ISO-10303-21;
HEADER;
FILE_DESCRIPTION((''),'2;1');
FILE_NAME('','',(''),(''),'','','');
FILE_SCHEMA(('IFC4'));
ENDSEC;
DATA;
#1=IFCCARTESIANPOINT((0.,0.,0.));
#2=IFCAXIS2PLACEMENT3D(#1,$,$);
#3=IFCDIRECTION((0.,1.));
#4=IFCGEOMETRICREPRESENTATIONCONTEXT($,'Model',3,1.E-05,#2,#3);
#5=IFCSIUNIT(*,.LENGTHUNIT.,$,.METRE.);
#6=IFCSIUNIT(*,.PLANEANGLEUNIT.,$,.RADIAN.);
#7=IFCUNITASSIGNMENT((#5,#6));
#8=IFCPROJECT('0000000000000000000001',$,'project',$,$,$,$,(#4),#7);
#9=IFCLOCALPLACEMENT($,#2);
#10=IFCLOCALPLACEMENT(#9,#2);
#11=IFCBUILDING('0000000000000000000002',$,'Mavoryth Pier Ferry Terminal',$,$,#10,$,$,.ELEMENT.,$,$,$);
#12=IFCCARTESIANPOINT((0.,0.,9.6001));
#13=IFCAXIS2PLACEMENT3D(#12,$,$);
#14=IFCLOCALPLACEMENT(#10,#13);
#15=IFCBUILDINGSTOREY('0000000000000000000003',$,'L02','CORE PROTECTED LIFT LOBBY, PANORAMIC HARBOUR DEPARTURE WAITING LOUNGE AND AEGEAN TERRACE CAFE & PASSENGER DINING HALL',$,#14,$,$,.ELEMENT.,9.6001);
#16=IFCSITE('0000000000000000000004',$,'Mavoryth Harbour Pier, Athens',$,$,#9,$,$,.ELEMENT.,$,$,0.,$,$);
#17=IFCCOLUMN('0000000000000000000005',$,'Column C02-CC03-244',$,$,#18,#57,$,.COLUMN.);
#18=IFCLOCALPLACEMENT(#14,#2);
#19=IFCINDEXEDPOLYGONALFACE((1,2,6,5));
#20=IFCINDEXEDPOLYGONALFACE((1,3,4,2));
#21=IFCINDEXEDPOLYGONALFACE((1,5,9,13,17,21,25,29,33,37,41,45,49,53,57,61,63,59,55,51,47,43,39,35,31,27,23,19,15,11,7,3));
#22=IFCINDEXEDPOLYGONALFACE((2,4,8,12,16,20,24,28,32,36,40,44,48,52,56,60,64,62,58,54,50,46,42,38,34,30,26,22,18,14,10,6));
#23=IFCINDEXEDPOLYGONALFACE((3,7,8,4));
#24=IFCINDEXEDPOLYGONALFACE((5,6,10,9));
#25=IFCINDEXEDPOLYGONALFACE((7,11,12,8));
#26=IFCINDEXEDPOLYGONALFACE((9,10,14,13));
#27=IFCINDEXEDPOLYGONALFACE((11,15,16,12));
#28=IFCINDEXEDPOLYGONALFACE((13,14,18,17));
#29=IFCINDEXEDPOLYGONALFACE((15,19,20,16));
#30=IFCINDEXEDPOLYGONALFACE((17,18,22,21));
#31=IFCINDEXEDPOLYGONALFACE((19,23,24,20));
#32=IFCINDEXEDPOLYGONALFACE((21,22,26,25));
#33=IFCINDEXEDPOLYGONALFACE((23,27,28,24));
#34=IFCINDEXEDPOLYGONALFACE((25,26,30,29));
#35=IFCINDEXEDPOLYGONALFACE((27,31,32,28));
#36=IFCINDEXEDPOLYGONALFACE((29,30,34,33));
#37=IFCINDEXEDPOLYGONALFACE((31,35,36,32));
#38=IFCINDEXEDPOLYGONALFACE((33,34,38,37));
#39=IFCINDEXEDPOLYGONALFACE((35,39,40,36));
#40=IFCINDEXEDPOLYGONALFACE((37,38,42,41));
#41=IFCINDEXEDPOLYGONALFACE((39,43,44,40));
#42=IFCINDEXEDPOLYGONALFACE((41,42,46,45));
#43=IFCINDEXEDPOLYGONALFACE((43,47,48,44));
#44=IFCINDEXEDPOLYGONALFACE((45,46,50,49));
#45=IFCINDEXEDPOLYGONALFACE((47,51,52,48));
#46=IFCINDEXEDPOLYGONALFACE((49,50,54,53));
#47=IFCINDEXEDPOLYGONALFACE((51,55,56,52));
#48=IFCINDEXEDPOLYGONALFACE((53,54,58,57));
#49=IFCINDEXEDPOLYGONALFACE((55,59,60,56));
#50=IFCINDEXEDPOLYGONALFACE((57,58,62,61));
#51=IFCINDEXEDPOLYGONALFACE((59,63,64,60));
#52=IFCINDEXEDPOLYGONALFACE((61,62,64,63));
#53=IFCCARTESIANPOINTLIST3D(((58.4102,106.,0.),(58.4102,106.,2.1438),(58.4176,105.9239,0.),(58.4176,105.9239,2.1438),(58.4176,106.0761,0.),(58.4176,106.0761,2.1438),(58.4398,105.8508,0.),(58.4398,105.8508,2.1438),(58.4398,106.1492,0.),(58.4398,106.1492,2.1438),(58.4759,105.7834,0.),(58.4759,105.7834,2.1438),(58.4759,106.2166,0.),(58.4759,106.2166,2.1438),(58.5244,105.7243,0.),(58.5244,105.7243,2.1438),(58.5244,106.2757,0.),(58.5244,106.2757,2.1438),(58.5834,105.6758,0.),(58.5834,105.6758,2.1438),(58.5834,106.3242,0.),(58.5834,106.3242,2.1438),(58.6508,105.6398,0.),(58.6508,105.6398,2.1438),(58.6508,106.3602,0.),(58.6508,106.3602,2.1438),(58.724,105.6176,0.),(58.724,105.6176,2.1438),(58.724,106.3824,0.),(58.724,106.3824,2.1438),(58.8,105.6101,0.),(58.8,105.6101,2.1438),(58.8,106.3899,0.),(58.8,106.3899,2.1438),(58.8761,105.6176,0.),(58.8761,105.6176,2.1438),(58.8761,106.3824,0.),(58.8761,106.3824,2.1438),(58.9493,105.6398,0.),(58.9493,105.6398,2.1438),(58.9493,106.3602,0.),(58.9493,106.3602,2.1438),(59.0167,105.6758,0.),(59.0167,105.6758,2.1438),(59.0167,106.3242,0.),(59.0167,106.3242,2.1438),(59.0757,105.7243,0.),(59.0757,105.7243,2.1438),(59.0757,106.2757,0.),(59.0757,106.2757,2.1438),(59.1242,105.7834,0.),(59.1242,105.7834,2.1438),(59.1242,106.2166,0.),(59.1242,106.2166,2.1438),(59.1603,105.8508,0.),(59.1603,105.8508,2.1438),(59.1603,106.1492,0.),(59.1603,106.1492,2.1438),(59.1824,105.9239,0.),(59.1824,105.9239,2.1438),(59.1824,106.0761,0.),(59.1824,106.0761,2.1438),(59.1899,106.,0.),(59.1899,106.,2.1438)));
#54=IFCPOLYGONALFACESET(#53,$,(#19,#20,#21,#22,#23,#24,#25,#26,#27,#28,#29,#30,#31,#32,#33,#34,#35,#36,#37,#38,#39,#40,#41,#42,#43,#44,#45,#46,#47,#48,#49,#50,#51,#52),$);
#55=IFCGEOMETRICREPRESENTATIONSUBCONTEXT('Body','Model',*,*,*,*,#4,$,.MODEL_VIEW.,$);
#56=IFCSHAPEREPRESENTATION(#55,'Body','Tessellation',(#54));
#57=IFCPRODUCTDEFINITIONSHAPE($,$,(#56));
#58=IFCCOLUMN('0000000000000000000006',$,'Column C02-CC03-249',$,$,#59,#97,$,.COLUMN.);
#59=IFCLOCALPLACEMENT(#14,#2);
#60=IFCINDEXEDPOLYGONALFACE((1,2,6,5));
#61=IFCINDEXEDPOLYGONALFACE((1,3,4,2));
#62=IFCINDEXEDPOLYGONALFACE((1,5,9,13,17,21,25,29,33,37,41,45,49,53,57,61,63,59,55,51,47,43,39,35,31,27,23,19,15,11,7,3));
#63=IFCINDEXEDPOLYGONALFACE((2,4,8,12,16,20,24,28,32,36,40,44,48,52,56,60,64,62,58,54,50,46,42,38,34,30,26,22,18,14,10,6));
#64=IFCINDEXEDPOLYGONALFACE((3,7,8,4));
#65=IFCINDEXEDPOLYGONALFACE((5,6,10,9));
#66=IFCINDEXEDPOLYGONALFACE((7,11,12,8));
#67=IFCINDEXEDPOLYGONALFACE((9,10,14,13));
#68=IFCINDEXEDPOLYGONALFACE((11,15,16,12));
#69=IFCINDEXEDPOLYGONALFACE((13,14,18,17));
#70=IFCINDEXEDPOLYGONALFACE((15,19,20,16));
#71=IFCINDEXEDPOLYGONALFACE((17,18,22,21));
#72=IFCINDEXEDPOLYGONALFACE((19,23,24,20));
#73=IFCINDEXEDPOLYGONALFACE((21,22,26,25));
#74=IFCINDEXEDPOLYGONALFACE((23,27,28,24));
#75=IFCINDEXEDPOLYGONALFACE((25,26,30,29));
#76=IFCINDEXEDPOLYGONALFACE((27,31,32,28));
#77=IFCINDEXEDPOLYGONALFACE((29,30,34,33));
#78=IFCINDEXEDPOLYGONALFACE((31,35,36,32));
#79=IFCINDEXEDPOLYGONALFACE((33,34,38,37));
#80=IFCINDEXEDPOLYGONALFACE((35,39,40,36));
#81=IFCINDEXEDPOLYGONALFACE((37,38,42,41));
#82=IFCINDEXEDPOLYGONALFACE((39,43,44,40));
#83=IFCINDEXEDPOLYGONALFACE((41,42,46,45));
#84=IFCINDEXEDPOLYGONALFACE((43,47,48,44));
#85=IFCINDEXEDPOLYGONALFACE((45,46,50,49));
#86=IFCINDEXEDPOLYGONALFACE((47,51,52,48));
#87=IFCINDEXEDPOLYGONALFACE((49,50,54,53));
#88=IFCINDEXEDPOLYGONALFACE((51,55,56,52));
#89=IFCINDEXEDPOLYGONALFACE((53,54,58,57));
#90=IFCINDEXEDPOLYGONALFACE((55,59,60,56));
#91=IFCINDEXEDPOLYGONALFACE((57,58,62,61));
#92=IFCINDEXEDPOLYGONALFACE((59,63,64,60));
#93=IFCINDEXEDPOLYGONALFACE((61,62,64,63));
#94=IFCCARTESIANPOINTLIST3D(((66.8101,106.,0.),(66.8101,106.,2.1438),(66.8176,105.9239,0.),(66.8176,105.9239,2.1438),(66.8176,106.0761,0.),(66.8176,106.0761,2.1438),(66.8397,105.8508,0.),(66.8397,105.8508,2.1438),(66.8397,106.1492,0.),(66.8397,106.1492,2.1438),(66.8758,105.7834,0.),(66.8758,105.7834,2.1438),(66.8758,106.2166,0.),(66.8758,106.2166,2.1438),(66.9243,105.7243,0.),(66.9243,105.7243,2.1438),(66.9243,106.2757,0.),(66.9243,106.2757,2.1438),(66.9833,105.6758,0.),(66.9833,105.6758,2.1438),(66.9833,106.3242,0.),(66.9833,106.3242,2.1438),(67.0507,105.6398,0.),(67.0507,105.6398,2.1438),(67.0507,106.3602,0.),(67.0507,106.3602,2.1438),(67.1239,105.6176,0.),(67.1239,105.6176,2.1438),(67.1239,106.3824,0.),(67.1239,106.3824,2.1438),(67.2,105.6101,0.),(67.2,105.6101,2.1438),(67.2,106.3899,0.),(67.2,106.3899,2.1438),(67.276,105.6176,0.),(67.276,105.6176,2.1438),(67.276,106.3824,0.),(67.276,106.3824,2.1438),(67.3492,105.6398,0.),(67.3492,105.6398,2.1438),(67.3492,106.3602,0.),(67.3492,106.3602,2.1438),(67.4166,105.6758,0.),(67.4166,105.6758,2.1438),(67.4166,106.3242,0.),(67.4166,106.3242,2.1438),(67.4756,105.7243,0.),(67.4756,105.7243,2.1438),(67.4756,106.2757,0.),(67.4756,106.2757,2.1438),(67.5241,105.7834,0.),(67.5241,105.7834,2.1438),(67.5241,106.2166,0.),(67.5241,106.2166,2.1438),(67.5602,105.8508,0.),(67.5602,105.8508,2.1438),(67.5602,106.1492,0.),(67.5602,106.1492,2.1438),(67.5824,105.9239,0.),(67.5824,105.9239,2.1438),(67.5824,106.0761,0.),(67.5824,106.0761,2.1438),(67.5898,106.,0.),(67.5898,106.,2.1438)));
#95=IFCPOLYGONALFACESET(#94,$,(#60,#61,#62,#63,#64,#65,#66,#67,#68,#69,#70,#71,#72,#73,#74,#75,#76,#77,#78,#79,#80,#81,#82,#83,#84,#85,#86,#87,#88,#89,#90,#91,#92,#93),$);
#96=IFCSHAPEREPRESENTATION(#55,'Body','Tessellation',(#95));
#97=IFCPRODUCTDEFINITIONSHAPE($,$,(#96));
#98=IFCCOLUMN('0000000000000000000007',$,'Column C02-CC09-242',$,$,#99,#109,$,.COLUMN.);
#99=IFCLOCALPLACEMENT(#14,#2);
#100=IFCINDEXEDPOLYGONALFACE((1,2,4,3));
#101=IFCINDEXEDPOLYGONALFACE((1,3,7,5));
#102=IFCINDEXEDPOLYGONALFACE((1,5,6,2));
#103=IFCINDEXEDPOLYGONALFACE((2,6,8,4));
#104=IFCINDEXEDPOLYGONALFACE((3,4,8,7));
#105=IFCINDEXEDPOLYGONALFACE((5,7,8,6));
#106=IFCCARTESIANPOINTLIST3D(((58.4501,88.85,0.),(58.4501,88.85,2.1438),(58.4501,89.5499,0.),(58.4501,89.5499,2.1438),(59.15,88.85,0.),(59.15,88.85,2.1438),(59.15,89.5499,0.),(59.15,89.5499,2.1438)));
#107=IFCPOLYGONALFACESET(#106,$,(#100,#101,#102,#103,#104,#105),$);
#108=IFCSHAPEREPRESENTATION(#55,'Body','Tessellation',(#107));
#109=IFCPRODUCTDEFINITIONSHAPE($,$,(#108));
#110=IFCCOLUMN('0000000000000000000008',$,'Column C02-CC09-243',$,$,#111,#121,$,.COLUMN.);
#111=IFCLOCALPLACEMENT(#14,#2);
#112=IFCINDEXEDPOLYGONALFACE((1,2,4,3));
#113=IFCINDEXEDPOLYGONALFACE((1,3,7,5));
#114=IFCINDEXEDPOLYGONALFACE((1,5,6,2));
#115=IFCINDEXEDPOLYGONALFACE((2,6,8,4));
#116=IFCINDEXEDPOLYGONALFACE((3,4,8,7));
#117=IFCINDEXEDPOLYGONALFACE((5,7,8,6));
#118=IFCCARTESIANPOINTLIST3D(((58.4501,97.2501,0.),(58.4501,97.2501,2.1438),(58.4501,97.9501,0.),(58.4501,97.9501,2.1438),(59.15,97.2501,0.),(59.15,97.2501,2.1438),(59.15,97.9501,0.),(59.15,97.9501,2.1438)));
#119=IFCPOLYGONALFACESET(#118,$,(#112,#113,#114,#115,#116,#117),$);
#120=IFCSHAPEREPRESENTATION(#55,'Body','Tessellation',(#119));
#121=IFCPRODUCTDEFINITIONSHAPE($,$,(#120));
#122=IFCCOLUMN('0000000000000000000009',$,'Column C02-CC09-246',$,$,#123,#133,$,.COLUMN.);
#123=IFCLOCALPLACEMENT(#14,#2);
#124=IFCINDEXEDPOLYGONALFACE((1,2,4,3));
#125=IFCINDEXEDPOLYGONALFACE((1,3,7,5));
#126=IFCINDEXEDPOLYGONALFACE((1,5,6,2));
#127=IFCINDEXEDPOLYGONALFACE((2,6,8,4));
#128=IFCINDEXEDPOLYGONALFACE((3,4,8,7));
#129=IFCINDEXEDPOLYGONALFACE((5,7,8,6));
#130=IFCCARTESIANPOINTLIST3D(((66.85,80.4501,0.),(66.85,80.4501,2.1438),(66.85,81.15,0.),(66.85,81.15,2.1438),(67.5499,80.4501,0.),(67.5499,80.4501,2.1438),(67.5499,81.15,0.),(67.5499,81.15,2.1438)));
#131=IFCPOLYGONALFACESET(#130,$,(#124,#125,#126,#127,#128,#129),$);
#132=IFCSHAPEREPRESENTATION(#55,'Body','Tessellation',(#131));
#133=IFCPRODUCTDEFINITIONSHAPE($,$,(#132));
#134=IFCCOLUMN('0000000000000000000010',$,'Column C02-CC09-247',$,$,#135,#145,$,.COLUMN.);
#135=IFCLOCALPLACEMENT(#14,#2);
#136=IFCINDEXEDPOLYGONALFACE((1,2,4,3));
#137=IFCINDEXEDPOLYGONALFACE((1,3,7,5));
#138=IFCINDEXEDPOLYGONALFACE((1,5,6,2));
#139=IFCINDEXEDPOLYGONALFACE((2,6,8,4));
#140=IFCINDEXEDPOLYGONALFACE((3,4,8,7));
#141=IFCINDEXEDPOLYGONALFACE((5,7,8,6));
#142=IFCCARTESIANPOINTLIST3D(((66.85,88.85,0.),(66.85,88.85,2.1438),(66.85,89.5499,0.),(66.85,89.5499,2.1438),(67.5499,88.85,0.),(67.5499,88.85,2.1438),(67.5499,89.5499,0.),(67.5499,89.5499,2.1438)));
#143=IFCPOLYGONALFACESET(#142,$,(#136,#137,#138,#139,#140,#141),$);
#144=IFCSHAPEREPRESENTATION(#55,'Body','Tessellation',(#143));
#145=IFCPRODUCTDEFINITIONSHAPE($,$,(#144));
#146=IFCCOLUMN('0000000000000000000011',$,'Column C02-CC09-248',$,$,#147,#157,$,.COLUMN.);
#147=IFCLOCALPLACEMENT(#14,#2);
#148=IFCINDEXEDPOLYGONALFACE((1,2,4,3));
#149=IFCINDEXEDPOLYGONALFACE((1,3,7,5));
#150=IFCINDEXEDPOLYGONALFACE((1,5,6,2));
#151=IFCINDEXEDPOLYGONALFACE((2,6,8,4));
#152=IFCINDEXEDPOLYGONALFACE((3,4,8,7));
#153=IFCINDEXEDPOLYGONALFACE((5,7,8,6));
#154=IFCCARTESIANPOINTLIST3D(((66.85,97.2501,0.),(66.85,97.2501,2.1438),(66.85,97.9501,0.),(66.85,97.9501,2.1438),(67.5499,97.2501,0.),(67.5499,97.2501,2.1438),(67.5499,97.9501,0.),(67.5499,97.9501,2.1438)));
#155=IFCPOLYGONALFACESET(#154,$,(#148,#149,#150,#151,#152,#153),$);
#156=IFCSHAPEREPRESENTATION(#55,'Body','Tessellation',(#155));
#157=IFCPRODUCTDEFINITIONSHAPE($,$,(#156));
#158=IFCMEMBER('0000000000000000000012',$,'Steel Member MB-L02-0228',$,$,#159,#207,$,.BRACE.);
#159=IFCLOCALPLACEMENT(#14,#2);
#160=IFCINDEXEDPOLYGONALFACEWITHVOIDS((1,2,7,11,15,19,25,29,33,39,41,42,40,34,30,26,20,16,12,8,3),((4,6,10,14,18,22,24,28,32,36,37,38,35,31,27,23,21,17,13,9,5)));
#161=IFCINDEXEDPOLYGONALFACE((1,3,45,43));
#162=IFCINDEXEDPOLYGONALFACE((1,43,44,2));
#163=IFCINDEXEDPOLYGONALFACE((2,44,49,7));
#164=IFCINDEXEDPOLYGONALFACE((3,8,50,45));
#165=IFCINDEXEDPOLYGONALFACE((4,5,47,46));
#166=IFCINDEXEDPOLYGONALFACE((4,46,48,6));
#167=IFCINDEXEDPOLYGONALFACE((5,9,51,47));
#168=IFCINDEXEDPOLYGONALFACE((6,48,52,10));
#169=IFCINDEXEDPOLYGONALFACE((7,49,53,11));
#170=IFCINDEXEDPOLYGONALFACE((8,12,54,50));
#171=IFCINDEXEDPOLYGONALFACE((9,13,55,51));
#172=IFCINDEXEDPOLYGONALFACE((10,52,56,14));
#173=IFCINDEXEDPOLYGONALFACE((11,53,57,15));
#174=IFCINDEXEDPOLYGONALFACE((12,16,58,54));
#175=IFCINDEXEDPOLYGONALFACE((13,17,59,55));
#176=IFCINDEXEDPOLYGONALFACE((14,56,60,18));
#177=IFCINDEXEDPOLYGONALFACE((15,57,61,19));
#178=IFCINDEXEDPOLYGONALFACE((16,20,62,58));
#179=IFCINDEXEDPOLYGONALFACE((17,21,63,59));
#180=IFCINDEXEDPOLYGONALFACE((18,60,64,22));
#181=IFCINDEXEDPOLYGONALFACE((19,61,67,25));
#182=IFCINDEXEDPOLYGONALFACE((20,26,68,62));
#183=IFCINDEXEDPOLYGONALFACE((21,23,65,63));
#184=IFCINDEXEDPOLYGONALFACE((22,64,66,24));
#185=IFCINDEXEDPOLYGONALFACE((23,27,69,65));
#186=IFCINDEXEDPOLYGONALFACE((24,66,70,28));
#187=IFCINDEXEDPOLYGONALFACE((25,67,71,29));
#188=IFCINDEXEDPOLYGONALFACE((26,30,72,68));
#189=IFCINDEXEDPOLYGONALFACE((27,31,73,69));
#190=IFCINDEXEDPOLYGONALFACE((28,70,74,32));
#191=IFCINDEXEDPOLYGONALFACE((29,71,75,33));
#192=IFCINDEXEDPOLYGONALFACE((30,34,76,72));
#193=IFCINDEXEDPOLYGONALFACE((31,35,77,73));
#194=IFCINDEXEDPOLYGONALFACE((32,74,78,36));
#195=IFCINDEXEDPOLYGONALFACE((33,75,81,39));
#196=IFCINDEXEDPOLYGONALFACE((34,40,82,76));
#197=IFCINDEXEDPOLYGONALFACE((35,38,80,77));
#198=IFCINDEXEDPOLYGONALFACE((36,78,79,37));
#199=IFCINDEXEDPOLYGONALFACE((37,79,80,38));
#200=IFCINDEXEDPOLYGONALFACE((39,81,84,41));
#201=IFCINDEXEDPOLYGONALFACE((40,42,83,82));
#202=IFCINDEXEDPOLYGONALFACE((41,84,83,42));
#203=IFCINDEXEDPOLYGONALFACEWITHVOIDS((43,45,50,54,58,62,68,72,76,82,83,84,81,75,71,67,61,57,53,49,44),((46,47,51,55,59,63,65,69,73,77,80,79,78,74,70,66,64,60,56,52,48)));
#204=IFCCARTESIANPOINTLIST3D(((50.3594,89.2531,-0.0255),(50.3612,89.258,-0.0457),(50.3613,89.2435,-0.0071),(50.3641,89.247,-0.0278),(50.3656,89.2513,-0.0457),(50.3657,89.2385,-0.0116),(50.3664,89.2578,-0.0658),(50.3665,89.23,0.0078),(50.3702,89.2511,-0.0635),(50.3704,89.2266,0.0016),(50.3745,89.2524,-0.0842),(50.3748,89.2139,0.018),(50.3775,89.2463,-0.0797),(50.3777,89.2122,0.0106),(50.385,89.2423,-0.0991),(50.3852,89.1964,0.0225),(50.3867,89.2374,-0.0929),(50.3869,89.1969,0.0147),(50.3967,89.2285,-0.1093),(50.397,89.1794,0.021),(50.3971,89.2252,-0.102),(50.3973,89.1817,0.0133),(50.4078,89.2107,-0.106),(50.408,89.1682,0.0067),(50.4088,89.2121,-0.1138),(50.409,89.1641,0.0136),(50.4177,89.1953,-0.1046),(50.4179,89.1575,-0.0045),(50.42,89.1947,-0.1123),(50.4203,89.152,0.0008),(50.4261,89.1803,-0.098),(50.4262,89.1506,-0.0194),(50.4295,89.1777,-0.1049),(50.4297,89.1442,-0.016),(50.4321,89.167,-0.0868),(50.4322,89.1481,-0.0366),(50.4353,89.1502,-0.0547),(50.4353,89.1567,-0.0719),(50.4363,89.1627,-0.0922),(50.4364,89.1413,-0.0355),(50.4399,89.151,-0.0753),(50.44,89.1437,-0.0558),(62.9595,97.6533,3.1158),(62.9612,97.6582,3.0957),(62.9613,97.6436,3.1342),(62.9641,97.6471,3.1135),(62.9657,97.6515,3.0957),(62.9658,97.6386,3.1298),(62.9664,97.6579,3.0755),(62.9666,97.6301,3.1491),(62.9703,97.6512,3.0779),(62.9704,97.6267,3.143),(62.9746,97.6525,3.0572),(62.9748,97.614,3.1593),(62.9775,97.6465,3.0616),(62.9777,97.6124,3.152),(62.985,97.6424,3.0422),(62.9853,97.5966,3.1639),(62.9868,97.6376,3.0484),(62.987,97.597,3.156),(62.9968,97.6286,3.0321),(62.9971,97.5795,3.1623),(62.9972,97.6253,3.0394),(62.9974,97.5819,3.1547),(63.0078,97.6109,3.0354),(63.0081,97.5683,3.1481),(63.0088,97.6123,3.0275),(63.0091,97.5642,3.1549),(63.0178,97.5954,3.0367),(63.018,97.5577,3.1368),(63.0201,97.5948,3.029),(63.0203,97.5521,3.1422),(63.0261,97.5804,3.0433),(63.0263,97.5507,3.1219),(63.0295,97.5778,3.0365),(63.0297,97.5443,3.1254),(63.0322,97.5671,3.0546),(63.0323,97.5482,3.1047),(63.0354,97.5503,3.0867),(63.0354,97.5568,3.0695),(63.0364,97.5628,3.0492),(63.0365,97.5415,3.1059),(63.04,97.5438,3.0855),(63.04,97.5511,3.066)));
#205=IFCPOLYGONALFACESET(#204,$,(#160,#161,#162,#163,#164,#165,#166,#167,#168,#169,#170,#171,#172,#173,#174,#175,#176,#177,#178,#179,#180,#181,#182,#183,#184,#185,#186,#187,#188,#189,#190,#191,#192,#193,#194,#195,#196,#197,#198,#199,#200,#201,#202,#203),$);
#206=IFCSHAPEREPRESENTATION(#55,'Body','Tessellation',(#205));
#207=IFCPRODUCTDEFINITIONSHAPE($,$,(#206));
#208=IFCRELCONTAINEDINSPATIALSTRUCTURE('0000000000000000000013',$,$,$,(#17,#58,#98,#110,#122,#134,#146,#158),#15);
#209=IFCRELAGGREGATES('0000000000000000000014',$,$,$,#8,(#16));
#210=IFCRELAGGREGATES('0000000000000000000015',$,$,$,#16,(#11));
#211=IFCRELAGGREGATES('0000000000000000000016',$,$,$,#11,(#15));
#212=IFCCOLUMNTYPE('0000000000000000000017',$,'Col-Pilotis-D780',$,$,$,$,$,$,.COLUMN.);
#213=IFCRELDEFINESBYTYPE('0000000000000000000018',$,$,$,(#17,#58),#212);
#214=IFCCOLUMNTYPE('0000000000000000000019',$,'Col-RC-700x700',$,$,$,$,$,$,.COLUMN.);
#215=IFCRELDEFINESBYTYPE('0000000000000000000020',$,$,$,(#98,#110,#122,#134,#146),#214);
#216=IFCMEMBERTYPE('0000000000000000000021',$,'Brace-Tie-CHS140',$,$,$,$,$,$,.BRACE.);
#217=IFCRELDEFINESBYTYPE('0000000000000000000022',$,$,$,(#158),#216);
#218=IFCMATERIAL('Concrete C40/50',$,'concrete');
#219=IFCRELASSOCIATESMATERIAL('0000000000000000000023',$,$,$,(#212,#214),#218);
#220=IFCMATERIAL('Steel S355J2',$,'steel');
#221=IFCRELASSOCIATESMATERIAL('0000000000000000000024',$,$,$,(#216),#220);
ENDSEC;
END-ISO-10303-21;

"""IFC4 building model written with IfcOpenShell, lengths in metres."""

from ifc_helpers import new_model, si_unit, direction, frame, origin, origin_2d, place, context, subcontext, project, spatial, rectangle, circle, hollow_circle, extrude, material, material_profile, profile_set, type_object, element, save


model = new_model("IFC4")

# Units and contexts
model_context = context("Model", 3, precision=1e-05, world=origin(), true_north=direction((0.0, 1.0)))
body_context = subcontext(model_context, "Body", "Model", "MODEL_VIEW")
ifc_project = project(units=[si_unit("LENGTHUNIT", "METRE"), si_unit("PLANEANGLEUNIT", "RADIAN")], contexts=[model_context])

# Site, building, storey
site_placement = place(None, origin())
site = spatial("IfcSite", under=ifc_project, at=site_placement, Name="Mavoryth Harbour Pier, Athens", CompositionType="ELEMENT", RefElevation=0.0)
building_placement = place(site_placement, origin())
building = spatial("IfcBuilding", under=site, at=building_placement, Name="Mavoryth Pier Ferry Terminal", CompositionType="ELEMENT")
storey_placement = place(building_placement, frame((0.0, 0.0, 9.6001)))
storey = spatial("IfcBuildingStorey", under=building, at=storey_placement, Name="L02", Description="CORE PROTECTED LIFT LOBBY, PANORAMIC HARBOUR DEPARTURE WAITING LOUNGE AND AEGEAN TERRACE CAFE & PASSENGER DINING HALL", CompositionType="ELEMENT", Elevation=9.6001)

# Columns
ifc_material_1 = material(Name="Concrete C40/50", Category="concrete")
ifc_material_profile_1 = material_profile(ifc_material_1, circle(Radius=0.3899, at=origin_2d()), Name="RC D780", Category="concrete")
ifc_profile_set_1 = profile_set([ifc_material_profile_1], Name="Concrete C40/50 - RC D780")
column_type_1 = type_object("IfcColumnType", Name="Col-Pilotis-D780", PredefinedType="COLUMN", material=ifc_profile_set_1)
for number, where, z_axis, x_axis, name in (
    (1, (58.8, 106.0, 0.0), (0.0, 0.0, 1.0), (1.0, 0.0, 0.0), "Column C02-CC03-244"),
    (2, (67.2, 106.0, 0.0), (0.0, 0.0, 1.0), (1.0, 0.0, 0.0), "Column C02-CC03-249"),
):
    element("IfcColumn", number, at=place(storey_placement, frame(where, z_axis=z_axis, x_axis=x_axis)), inside=storey, type_object=column_type_1, Name=name, PredefinedType="COLUMN", context=body_context, shape_type="SweptSolid", body=[
        extrude(circle(Radius=0.3899, at=origin_2d()), origin(), (0.0, 0.0, 1.0), 2.1438),
    ])
ifc_material_profile_2 = material_profile(ifc_material_1, rectangle(XDim=0.7, YDim=0.7, at=origin_2d()), Name="RC 700x700", Category="concrete")
ifc_profile_set_2 = profile_set([ifc_material_profile_2], Name="Concrete C40/50 - RC 700x700")
column_type_2 = type_object("IfcColumnType", Name="Col-RC-700x700", PredefinedType="COLUMN", material=ifc_profile_set_2)
for number, where, z_axis, x_axis, name in (
    (3, (58.8, 89.2, 0.0), (0.0, 0.0, 1.0), (1.0, 0.0, 0.0), "Column C02-CC09-242"),
    (4, (58.8, 97.6001, 0.0), (0.0, 0.0, 1.0), (1.0, 0.0, 0.0), "Column C02-CC09-243"),
    (5, (67.2, 80.8, 0.0), (0.0, 0.0, 1.0), (1.0, 0.0, 0.0), "Column C02-CC09-246"),
    (6, (67.2, 89.2, 0.0), (0.0, 0.0, 1.0), (1.0, 0.0, 0.0), "Column C02-CC09-247"),
    (7, (67.2, 97.6001, 0.0), (0.0, 0.0, 1.0), (1.0, 0.0, 0.0), "Column C02-CC09-248"),
):
    element("IfcColumn", number, at=place(storey_placement, frame(where, z_axis=z_axis, x_axis=x_axis)), inside=storey, type_object=column_type_2, Name=name, PredefinedType="COLUMN", context=body_context, shape_type="SweptSolid", body=[
        extrude(rectangle(XDim=0.7, YDim=0.7, at=origin_2d()), origin(), (0.0, 0.0, 1.0), 2.1438),
    ])

# Member
ifc_material_2 = material(Name="Steel S355J2", Category="steel")
ifc_material_profile_3 = material_profile(ifc_material_2, hollow_circle(Radius=0.0698, WallThickness=0.0081, at=origin_2d()), Name="CHS 139.7x8.0", Category="steel")
ifc_profile_set_3 = profile_set([ifc_material_profile_3], Name="Steel S355J2 - CHS 139.7x8.0")
member_type_1 = type_object("IfcMemberType", Name="Brace-Tie-CHS140", PredefinedType="BRACE", material=ifc_profile_set_3)
for number, where, z_axis, x_axis, name in (
    (8, (50.3999, 89.2, -0.0457), (0.814704, 0.543141, 0.203116), (-0.554704, 0.832048, 0.0), "Steel Member MB-L02-0228"),
):
    element("IfcMember", number, at=place(storey_placement, frame(where, z_axis=z_axis, x_axis=x_axis)), inside=storey, type_object=member_type_1, Name=name, PredefinedType="BRACE", context=body_context, shape_type="SweptSolid", body=[
        extrude(hollow_circle(Radius=0.0698, WallThickness=0.0081, at=origin_2d()), origin(), (0.0, 0.0, 1.0), 15.4658),
    ])

save(model, "model.ifc")
